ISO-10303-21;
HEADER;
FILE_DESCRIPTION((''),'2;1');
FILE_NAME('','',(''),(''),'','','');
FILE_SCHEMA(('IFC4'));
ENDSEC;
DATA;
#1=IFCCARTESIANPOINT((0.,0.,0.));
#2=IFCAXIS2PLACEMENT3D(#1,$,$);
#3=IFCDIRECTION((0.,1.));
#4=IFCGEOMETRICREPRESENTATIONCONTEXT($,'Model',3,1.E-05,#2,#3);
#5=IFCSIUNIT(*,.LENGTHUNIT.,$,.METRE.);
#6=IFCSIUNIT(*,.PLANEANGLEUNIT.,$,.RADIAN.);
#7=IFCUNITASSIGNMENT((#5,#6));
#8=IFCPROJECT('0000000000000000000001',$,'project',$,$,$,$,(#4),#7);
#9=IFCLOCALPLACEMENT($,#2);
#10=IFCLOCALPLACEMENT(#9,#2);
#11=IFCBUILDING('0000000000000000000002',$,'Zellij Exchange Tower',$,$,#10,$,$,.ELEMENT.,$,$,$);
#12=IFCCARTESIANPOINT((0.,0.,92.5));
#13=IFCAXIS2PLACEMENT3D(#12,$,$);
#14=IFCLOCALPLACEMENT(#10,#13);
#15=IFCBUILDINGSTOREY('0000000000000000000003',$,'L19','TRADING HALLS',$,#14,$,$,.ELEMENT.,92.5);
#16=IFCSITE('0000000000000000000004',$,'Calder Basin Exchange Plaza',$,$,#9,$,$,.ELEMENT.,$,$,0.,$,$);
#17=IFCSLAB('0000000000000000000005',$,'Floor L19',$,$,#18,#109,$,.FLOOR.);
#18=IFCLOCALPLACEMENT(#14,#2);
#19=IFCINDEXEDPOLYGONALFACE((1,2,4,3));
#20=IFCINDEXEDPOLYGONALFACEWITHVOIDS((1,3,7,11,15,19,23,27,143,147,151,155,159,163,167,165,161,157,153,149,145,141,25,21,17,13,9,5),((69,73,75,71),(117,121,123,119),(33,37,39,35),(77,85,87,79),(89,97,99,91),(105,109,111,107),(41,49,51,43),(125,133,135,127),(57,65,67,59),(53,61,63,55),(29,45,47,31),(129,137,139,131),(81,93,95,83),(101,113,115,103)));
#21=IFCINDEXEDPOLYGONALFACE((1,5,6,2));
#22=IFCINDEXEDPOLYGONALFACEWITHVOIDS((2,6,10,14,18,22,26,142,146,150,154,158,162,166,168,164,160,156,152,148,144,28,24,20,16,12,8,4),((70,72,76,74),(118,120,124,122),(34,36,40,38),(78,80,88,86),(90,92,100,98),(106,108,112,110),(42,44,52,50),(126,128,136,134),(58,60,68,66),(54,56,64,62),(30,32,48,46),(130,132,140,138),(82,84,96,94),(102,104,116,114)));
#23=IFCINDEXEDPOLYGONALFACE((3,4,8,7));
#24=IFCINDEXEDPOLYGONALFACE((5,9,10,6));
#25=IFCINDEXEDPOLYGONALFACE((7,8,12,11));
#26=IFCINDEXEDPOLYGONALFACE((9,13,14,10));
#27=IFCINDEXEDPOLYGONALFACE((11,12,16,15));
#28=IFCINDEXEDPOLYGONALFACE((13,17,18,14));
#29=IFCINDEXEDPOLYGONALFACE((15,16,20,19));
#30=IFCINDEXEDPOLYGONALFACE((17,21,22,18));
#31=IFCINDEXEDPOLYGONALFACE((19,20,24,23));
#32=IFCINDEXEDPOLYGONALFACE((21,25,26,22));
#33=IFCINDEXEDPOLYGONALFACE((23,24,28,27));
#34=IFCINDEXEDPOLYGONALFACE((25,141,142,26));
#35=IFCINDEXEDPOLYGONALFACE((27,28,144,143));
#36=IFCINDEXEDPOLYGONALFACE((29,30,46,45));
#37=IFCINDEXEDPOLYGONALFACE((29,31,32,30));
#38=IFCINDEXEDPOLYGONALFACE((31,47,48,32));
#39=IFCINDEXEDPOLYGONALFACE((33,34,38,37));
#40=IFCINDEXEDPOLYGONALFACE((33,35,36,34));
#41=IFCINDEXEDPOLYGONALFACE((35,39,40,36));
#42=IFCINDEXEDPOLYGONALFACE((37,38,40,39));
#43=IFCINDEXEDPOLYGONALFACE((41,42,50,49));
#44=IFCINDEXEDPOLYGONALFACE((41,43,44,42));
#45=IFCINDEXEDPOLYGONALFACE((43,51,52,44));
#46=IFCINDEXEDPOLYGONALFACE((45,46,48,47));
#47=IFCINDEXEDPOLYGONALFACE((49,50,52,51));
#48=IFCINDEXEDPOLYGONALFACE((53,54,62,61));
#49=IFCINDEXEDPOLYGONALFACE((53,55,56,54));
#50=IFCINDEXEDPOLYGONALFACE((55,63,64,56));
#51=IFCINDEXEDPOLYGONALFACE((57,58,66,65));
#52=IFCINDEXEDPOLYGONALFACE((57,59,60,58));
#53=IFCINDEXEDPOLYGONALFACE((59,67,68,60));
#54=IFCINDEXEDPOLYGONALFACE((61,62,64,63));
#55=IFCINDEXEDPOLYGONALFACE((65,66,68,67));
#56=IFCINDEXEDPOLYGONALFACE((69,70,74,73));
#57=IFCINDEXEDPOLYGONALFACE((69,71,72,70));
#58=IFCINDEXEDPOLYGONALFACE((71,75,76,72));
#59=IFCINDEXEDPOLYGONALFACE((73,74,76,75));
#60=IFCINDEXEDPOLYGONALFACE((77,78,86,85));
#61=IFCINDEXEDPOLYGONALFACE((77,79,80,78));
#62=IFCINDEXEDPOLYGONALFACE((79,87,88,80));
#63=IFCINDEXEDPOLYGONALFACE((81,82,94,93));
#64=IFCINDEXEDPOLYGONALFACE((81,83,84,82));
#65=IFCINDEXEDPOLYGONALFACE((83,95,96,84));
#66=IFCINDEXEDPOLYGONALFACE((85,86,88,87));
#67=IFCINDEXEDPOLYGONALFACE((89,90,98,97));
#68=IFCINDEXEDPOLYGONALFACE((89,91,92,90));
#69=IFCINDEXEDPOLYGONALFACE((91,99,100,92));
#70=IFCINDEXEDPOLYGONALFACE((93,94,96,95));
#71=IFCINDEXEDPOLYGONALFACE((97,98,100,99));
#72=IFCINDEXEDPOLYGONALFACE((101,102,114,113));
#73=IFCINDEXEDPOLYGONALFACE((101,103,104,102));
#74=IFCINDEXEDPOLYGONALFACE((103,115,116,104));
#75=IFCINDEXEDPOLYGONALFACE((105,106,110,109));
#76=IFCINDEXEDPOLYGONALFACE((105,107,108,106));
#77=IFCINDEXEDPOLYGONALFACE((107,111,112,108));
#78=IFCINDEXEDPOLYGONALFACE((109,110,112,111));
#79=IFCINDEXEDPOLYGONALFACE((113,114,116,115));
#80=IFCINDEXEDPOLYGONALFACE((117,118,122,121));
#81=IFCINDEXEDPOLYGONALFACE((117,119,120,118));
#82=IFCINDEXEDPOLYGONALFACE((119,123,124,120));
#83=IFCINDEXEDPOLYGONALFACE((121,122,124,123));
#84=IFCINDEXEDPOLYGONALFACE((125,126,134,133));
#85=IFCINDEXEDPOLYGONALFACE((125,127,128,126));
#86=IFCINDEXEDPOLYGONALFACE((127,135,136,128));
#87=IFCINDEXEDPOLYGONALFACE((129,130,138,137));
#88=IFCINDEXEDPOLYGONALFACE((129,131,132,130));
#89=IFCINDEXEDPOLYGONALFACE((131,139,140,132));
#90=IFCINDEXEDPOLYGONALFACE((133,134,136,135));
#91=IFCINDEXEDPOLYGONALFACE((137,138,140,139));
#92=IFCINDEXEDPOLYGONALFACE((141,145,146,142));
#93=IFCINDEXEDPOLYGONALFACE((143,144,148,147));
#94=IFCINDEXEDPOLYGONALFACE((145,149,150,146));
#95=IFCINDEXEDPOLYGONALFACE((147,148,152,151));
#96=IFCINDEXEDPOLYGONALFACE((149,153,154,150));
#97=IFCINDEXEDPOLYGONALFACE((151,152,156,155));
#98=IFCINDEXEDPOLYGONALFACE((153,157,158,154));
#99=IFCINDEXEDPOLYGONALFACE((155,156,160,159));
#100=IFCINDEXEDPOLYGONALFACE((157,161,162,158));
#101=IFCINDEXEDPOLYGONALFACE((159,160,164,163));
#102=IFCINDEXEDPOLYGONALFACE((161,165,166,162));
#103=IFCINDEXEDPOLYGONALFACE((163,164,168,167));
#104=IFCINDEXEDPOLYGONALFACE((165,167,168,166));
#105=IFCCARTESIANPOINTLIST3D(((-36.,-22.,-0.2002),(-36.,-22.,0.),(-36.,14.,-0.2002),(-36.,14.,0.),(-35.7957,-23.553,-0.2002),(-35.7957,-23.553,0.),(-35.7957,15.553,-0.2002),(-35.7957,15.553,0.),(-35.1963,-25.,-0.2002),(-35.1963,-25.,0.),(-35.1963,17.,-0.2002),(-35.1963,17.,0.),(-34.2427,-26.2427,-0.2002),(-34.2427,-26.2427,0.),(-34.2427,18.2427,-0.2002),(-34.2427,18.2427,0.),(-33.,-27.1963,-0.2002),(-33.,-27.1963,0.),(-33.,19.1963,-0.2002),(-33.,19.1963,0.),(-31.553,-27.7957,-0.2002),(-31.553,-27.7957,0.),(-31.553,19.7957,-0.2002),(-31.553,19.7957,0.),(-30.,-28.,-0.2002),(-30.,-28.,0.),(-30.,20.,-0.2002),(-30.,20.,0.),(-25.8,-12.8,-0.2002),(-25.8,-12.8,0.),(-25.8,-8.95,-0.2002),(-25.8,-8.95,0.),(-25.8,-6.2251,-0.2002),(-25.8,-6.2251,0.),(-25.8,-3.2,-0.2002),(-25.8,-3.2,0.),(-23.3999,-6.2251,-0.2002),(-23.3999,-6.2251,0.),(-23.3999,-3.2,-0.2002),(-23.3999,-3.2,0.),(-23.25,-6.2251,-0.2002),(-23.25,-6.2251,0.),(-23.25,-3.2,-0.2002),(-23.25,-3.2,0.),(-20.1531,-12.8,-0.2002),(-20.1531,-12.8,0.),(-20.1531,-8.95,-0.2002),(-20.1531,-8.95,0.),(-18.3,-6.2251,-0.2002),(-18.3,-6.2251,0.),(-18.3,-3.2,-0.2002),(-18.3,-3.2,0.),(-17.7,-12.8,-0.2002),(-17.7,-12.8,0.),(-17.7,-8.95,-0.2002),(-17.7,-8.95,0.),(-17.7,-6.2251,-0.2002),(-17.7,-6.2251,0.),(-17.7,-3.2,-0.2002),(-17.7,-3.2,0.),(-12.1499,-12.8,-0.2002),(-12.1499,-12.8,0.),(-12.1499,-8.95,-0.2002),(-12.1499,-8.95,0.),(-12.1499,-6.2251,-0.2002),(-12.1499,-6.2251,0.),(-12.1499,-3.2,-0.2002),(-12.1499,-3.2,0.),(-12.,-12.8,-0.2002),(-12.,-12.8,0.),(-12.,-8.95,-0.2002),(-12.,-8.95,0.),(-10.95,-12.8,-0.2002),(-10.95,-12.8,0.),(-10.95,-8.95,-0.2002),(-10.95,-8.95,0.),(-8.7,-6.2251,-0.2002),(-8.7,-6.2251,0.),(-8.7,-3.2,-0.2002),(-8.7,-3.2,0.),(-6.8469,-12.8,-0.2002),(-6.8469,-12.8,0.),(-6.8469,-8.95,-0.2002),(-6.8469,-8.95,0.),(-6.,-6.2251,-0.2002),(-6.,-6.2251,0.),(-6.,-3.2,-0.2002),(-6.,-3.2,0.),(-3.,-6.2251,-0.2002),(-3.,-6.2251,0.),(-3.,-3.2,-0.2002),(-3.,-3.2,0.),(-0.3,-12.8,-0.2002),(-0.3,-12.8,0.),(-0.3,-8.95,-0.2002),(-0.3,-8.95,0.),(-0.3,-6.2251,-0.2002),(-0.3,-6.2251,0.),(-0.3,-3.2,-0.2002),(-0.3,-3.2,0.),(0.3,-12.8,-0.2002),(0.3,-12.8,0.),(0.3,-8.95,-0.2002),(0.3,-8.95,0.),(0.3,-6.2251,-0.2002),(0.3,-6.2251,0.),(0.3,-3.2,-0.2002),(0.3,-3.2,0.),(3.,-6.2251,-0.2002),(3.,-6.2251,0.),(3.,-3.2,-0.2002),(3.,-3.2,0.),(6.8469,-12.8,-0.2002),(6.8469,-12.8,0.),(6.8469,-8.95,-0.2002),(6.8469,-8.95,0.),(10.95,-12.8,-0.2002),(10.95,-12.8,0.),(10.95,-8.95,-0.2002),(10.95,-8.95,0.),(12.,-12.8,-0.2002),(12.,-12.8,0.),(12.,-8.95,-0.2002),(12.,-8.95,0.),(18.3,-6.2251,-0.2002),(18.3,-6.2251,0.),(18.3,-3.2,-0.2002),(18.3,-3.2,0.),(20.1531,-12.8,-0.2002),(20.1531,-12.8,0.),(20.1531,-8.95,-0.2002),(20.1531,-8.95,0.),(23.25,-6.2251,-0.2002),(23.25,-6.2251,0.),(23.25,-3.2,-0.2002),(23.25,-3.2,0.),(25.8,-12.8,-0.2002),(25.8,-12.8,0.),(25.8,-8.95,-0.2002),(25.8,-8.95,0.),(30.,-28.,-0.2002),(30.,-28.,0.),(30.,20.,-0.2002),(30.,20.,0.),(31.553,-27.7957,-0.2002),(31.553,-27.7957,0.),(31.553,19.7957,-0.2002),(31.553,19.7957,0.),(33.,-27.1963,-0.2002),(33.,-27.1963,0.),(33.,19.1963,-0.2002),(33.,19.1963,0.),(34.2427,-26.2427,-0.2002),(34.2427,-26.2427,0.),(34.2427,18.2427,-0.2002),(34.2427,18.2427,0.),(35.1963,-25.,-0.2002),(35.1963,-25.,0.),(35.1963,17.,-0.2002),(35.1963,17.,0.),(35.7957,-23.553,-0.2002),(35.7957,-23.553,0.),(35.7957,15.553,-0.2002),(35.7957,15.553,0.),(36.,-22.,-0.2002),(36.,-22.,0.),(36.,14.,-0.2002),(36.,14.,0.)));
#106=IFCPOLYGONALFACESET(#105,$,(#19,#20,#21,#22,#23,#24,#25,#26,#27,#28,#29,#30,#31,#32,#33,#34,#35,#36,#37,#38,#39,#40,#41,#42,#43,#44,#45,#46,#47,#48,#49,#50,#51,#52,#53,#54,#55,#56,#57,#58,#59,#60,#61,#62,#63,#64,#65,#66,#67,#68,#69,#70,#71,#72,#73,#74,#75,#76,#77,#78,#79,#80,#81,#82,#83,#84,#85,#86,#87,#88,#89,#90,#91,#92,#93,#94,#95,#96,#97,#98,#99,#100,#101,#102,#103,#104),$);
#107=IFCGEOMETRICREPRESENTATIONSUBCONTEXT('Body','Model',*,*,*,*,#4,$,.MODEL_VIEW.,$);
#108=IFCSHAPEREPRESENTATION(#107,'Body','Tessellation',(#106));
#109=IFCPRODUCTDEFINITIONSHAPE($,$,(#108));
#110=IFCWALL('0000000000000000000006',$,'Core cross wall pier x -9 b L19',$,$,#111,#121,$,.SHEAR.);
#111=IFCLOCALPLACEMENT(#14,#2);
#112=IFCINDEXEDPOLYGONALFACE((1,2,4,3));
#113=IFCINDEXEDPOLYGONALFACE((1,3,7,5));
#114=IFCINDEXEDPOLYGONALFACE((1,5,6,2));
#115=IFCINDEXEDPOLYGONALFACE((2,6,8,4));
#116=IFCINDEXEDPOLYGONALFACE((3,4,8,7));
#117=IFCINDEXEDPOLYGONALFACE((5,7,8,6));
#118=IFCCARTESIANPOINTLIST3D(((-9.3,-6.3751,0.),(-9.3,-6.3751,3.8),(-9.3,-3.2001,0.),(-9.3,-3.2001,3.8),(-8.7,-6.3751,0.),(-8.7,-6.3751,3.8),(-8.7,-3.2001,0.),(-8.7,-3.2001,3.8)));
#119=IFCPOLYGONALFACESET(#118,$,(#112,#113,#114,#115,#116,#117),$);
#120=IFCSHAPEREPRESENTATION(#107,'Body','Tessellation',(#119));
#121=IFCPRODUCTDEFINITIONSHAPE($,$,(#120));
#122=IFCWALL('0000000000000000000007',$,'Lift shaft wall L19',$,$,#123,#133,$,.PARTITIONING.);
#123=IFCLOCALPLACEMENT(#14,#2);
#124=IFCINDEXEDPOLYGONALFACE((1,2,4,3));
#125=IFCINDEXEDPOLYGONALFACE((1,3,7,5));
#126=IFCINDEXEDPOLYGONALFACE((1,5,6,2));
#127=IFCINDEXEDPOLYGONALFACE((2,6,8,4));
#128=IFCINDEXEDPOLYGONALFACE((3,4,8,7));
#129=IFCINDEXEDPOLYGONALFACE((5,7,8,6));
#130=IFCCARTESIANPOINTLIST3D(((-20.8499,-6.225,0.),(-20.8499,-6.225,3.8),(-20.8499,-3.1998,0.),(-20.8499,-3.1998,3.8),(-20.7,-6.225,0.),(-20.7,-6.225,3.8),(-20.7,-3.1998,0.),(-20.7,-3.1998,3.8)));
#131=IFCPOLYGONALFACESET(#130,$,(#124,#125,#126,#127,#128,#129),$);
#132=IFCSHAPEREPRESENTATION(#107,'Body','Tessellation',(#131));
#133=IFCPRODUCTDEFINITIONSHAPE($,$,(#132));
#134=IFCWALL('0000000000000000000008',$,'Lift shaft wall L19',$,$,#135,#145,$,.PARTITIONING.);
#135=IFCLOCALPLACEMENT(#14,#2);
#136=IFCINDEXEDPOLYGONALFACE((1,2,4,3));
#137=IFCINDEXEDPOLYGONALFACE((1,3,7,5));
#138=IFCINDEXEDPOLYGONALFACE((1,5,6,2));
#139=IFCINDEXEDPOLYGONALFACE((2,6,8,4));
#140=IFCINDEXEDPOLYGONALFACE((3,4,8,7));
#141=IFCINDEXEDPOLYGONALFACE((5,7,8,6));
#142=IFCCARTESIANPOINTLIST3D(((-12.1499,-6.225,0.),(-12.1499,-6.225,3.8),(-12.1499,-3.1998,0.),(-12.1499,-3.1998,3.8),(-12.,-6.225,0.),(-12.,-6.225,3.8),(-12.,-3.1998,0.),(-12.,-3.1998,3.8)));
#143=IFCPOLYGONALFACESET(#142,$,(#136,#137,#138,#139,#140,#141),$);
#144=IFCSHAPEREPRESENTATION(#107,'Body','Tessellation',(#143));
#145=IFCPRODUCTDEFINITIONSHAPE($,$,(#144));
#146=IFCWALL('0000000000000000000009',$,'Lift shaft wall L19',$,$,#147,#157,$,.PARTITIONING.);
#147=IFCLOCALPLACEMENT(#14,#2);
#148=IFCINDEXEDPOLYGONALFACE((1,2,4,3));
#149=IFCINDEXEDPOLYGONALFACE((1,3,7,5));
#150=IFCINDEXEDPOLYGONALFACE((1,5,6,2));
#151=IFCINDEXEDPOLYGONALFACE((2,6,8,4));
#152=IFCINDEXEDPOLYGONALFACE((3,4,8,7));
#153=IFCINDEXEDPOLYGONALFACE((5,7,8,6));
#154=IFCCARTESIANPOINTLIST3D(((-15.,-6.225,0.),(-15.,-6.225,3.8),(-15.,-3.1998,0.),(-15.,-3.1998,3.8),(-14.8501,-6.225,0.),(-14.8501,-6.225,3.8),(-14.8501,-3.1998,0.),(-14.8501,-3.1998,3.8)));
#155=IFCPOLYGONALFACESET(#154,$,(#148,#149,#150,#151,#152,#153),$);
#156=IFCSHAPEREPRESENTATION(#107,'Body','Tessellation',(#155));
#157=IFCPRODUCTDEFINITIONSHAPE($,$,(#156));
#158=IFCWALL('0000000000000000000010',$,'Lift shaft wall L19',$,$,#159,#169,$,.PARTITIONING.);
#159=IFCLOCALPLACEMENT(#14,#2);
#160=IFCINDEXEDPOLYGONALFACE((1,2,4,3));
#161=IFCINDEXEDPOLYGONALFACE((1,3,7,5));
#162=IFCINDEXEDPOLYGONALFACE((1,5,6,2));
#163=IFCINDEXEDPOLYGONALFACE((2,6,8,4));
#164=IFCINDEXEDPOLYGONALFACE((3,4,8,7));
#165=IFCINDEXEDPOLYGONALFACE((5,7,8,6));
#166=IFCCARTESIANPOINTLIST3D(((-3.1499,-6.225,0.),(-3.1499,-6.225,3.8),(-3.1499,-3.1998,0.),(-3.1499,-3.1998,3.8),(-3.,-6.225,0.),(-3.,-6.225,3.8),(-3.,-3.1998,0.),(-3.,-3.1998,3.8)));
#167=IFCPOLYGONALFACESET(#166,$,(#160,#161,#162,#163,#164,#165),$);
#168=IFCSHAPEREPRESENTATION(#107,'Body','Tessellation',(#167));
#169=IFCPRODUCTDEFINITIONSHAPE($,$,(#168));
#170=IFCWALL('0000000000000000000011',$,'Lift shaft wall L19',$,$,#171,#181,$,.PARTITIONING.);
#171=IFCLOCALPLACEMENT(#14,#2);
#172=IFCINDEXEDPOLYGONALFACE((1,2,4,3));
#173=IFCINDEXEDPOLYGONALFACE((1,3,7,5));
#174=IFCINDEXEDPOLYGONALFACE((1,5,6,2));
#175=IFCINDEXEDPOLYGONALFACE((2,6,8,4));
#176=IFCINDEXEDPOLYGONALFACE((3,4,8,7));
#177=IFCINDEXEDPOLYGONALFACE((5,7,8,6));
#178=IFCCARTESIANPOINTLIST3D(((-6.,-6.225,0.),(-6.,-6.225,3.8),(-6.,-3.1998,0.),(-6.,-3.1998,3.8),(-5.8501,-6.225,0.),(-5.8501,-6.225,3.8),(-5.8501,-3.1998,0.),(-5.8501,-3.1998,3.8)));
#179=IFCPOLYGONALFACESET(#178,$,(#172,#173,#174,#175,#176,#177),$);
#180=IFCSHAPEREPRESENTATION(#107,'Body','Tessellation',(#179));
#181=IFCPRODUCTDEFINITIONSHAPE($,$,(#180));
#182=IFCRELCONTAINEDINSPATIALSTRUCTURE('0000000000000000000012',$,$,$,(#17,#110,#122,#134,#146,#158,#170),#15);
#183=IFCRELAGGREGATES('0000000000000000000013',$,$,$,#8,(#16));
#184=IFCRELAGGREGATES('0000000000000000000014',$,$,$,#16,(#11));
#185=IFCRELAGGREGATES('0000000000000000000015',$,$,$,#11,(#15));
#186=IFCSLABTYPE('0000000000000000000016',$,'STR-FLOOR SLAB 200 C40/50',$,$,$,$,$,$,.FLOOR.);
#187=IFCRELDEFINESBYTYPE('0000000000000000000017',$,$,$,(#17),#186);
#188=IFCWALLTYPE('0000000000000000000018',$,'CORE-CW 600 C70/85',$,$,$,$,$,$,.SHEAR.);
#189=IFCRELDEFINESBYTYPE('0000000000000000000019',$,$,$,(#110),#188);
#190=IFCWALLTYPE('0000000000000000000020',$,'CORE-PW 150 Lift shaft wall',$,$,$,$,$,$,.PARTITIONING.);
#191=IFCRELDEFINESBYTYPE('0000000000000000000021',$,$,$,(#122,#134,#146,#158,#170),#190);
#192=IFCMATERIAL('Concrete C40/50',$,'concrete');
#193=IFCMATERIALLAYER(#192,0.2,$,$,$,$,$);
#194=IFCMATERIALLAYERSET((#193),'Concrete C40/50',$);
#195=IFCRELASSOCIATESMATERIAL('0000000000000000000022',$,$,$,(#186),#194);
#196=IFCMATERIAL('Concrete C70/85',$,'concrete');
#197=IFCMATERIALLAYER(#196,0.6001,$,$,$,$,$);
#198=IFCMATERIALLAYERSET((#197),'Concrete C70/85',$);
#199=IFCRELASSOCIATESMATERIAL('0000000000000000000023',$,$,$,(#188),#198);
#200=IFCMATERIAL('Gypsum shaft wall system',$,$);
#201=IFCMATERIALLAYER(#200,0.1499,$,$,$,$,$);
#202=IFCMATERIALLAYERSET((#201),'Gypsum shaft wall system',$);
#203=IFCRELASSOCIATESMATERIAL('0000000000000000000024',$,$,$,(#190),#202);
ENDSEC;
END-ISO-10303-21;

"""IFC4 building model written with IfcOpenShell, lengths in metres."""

from ifc_helpers import new_model, si_unit, direction, frame, frame_2d, origin, place, context, subcontext, project, spatial, polyline, rectangle, outline, extrude, material, layer, layer_set, type_object, element, save


model = new_model("IFC4")

# Units and contexts
model_context = context("Model", 3, precision=1e-05, world=origin(), true_north=direction((0.0, 1.0)))
body_context = subcontext(model_context, "Body", "Model", "MODEL_VIEW")
ifc_project = project(units=[si_unit("LENGTHUNIT", "METRE"), si_unit("PLANEANGLEUNIT", "RADIAN")], contexts=[model_context])

# Site, building, storey
site_placement = place(None, origin())
site = spatial("IfcSite", under=ifc_project, at=site_placement, Name="Calder Basin Exchange Plaza", CompositionType="ELEMENT", RefElevation=0.0)
building_placement = place(site_placement, origin())
building = spatial("IfcBuilding", under=site, at=building_placement, Name="Zellij Exchange Tower", CompositionType="ELEMENT")
storey_placement = place(building_placement, frame((0.0, 0.0, 92.5)))
storey = spatial("IfcBuildingStorey", under=building, at=storey_placement, Name="L19", Description="TRADING HALLS", CompositionType="ELEMENT", Elevation=92.5)

# Slab
ifc_material_1 = material(Name="Concrete C40/50", Category="concrete")
ifc_layer_1 = layer(ifc_material_1, 0.2)
ifc_layer_set_1 = layer_set([ifc_layer_1], Name="Concrete C40/50")
slab_type = type_object("IfcSlabType", Name="STR-FLOOR SLAB 200 C40/50", PredefinedType="FLOOR", material=ifc_layer_set_1)
slab_placement = place(storey_placement, frame((0.0, 0.0, -0.2002)))
element("IfcSlab", 1, at=slab_placement, inside=storey, type_object=slab_type, Name="Floor L19", PredefinedType="FLOOR", context=body_context, shape_type="SweptSolid", body=[
    extrude(outline(polyline([(-30.0, -28.0), (-31.553, -27.7957), (-33.0, -27.1963), (-34.2427, -26.2427), (-35.1963, -25.0), (-35.7957, -23.553), (-36.0, -22.0), (-36.0, 14.0), (-35.7957, 15.553), (-35.1963, 17.0), (-34.2427, 18.2427), (-33.0, 19.1963), (-31.553, 19.7957), (-30.0, 20.0), (30.0, 20.0), (31.553, 19.7957), (33.0, 19.1963), (34.2427, 18.2427), (35.1963, 17.0), (35.7957, 15.553), (36.0, 14.0), (36.0, -22.0), (35.7957, -23.553), (35.1963, -25.0), (34.2427, -26.2427), (33.0, -27.1963), (31.553, -27.7957), (30.0, -28.0), (-30.0, -28.0)]), holes=[polyline([(-25.8, -8.95), (-25.8, -12.8), (-20.1531, -12.8), (-20.1531, -8.95), (-25.8, -8.95)]), polyline([(-12.1499, -8.95), (-17.7, -8.95), (-17.7, -12.8), (-12.1499, -12.8), (-12.1499, -8.95)]), polyline([(-10.95, -8.95), (-12.0, -8.95), (-12.0, -12.8), (-10.95, -12.8), (-10.95, -8.95)]), polyline([(-23.3999, -3.2), (-25.8, -3.2), (-25.8, -6.2251), (-23.3999, -6.2251), (-23.3999, -3.2)]), polyline([(-18.3, -3.2), (-23.25, -3.2), (-23.25, -6.2251), (-18.3, -6.2251), (-18.3, -3.2)]), polyline([(-12.1499, -3.2), (-17.7, -3.2), (-17.7, -6.2251), (-12.1499, -6.2251), (-12.1499, -3.2)]), polyline([(-6.0, -3.2), (-8.7, -3.2), (-8.7, -6.2251), (-6.0, -6.2251), (-6.0, -3.2)]), polyline([(-6.8469, -8.95), (-6.8469, -12.8), (-0.3, -12.8), (-0.3, -8.95), (-6.8469, -8.95)]), polyline([(6.8469, -8.95), (0.3, -8.95), (0.3, -12.8), (6.8469, -12.8), (6.8469, -8.95)]), polyline([(12.0, -8.95), (10.95, -8.95), (10.95, -12.8), (12.0, -12.8), (12.0, -8.95)]), polyline([(25.8, -8.95), (20.1531, -8.95), (20.1531, -12.8), (25.8, -12.8), (25.8, -8.95)]), polyline([(-0.3, -3.2), (-3.0, -3.2), (-3.0, -6.2251), (-0.3, -6.2251), (-0.3, -3.2)]), polyline([(3.0, -3.2), (0.3, -3.2), (0.3, -6.2251), (3.0, -6.2251), (3.0, -3.2)]), polyline([(23.25, -3.2), (18.3, -3.2), (18.3, -6.2251), (23.25, -6.2251), (23.25, -3.2)])]), origin(), (0.0, 0.0, 1.0), 0.2002),
])

# Walls
ifc_material_2 = material(Name="Concrete C70/85", Category="concrete")
ifc_layer_2 = layer(ifc_material_2, 0.6001)
ifc_layer_set_2 = layer_set([ifc_layer_2], Name="Concrete C70/85")
wall_type_1 = type_object("IfcWallType", Name="CORE-CW 600 C70/85", PredefinedType="SHEAR", material=ifc_layer_set_2)
wall_1_placement = place(storey_placement, frame((-9.0, -6.375, 0.0), z_axis=(0.0, 0.0, 1.0), x_axis=(0.0, 1.0, 0.0)))
element("IfcWall", 2, at=wall_1_placement, inside=storey, type_object=wall_type_1, Name="Core cross wall pier x -9 b L19", PredefinedType="SHEAR", context=body_context, shape_type="SweptSolid", body=[
    extrude(rectangle(XDim=3.175, YDim=0.6001, at=frame_2d((1.5874, 0.0))), origin(), (0.0, 0.0, 1.0), 3.8),
])
ifc_material_3 = material(Name="Gypsum shaft wall system")
ifc_layer_3 = layer(ifc_material_3, 0.1499)
ifc_layer_set_3 = layer_set([ifc_layer_3], Name="Gypsum shaft wall system")
wall_type_2 = type_object("IfcWallType", Name="CORE-PW 150 Lift shaft wall", PredefinedType="PARTITIONING", material=ifc_layer_set_3)
for number, where, z_axis, x_axis, name in (
    (3, (-20.7749, -6.2251, 0.0), (0.0, 0.0, 1.0), (0.0, 1.0, 0.0), "Lift shaft wall L19"),
    (4, (-12.075, -6.2251, 0.0), (0.0, 0.0, 1.0), (0.0, 1.0, 0.0), "Lift shaft wall L19"),
    (5, (-14.925, -6.2251, 0.0), (0.0, 0.0, 1.0), (0.0, 1.0, 0.0), "Lift shaft wall L19"),
    (6, (-3.075, -6.2251, 0.0), (0.0, 0.0, 1.0), (0.0, 1.0, 0.0), "Lift shaft wall L19"),
    (7, (-5.925, -6.2251, 0.0), (0.0, 0.0, 1.0), (0.0, 1.0, 0.0), "Lift shaft wall L19"),
):
    element("IfcWall", number, at=place(storey_placement, frame(where, z_axis=z_axis, x_axis=x_axis)), inside=storey, type_object=wall_type_2, Name=name, PredefinedType="PARTITIONING", context=body_context, shape_type="SweptSolid", body=[
        extrude(rectangle(XDim=3.0251, YDim=0.1499, at=frame_2d((1.5127, 0.0))), origin(), (0.0, 0.0, 1.0), 3.8),
    ])

save(model, "model.ifc")
